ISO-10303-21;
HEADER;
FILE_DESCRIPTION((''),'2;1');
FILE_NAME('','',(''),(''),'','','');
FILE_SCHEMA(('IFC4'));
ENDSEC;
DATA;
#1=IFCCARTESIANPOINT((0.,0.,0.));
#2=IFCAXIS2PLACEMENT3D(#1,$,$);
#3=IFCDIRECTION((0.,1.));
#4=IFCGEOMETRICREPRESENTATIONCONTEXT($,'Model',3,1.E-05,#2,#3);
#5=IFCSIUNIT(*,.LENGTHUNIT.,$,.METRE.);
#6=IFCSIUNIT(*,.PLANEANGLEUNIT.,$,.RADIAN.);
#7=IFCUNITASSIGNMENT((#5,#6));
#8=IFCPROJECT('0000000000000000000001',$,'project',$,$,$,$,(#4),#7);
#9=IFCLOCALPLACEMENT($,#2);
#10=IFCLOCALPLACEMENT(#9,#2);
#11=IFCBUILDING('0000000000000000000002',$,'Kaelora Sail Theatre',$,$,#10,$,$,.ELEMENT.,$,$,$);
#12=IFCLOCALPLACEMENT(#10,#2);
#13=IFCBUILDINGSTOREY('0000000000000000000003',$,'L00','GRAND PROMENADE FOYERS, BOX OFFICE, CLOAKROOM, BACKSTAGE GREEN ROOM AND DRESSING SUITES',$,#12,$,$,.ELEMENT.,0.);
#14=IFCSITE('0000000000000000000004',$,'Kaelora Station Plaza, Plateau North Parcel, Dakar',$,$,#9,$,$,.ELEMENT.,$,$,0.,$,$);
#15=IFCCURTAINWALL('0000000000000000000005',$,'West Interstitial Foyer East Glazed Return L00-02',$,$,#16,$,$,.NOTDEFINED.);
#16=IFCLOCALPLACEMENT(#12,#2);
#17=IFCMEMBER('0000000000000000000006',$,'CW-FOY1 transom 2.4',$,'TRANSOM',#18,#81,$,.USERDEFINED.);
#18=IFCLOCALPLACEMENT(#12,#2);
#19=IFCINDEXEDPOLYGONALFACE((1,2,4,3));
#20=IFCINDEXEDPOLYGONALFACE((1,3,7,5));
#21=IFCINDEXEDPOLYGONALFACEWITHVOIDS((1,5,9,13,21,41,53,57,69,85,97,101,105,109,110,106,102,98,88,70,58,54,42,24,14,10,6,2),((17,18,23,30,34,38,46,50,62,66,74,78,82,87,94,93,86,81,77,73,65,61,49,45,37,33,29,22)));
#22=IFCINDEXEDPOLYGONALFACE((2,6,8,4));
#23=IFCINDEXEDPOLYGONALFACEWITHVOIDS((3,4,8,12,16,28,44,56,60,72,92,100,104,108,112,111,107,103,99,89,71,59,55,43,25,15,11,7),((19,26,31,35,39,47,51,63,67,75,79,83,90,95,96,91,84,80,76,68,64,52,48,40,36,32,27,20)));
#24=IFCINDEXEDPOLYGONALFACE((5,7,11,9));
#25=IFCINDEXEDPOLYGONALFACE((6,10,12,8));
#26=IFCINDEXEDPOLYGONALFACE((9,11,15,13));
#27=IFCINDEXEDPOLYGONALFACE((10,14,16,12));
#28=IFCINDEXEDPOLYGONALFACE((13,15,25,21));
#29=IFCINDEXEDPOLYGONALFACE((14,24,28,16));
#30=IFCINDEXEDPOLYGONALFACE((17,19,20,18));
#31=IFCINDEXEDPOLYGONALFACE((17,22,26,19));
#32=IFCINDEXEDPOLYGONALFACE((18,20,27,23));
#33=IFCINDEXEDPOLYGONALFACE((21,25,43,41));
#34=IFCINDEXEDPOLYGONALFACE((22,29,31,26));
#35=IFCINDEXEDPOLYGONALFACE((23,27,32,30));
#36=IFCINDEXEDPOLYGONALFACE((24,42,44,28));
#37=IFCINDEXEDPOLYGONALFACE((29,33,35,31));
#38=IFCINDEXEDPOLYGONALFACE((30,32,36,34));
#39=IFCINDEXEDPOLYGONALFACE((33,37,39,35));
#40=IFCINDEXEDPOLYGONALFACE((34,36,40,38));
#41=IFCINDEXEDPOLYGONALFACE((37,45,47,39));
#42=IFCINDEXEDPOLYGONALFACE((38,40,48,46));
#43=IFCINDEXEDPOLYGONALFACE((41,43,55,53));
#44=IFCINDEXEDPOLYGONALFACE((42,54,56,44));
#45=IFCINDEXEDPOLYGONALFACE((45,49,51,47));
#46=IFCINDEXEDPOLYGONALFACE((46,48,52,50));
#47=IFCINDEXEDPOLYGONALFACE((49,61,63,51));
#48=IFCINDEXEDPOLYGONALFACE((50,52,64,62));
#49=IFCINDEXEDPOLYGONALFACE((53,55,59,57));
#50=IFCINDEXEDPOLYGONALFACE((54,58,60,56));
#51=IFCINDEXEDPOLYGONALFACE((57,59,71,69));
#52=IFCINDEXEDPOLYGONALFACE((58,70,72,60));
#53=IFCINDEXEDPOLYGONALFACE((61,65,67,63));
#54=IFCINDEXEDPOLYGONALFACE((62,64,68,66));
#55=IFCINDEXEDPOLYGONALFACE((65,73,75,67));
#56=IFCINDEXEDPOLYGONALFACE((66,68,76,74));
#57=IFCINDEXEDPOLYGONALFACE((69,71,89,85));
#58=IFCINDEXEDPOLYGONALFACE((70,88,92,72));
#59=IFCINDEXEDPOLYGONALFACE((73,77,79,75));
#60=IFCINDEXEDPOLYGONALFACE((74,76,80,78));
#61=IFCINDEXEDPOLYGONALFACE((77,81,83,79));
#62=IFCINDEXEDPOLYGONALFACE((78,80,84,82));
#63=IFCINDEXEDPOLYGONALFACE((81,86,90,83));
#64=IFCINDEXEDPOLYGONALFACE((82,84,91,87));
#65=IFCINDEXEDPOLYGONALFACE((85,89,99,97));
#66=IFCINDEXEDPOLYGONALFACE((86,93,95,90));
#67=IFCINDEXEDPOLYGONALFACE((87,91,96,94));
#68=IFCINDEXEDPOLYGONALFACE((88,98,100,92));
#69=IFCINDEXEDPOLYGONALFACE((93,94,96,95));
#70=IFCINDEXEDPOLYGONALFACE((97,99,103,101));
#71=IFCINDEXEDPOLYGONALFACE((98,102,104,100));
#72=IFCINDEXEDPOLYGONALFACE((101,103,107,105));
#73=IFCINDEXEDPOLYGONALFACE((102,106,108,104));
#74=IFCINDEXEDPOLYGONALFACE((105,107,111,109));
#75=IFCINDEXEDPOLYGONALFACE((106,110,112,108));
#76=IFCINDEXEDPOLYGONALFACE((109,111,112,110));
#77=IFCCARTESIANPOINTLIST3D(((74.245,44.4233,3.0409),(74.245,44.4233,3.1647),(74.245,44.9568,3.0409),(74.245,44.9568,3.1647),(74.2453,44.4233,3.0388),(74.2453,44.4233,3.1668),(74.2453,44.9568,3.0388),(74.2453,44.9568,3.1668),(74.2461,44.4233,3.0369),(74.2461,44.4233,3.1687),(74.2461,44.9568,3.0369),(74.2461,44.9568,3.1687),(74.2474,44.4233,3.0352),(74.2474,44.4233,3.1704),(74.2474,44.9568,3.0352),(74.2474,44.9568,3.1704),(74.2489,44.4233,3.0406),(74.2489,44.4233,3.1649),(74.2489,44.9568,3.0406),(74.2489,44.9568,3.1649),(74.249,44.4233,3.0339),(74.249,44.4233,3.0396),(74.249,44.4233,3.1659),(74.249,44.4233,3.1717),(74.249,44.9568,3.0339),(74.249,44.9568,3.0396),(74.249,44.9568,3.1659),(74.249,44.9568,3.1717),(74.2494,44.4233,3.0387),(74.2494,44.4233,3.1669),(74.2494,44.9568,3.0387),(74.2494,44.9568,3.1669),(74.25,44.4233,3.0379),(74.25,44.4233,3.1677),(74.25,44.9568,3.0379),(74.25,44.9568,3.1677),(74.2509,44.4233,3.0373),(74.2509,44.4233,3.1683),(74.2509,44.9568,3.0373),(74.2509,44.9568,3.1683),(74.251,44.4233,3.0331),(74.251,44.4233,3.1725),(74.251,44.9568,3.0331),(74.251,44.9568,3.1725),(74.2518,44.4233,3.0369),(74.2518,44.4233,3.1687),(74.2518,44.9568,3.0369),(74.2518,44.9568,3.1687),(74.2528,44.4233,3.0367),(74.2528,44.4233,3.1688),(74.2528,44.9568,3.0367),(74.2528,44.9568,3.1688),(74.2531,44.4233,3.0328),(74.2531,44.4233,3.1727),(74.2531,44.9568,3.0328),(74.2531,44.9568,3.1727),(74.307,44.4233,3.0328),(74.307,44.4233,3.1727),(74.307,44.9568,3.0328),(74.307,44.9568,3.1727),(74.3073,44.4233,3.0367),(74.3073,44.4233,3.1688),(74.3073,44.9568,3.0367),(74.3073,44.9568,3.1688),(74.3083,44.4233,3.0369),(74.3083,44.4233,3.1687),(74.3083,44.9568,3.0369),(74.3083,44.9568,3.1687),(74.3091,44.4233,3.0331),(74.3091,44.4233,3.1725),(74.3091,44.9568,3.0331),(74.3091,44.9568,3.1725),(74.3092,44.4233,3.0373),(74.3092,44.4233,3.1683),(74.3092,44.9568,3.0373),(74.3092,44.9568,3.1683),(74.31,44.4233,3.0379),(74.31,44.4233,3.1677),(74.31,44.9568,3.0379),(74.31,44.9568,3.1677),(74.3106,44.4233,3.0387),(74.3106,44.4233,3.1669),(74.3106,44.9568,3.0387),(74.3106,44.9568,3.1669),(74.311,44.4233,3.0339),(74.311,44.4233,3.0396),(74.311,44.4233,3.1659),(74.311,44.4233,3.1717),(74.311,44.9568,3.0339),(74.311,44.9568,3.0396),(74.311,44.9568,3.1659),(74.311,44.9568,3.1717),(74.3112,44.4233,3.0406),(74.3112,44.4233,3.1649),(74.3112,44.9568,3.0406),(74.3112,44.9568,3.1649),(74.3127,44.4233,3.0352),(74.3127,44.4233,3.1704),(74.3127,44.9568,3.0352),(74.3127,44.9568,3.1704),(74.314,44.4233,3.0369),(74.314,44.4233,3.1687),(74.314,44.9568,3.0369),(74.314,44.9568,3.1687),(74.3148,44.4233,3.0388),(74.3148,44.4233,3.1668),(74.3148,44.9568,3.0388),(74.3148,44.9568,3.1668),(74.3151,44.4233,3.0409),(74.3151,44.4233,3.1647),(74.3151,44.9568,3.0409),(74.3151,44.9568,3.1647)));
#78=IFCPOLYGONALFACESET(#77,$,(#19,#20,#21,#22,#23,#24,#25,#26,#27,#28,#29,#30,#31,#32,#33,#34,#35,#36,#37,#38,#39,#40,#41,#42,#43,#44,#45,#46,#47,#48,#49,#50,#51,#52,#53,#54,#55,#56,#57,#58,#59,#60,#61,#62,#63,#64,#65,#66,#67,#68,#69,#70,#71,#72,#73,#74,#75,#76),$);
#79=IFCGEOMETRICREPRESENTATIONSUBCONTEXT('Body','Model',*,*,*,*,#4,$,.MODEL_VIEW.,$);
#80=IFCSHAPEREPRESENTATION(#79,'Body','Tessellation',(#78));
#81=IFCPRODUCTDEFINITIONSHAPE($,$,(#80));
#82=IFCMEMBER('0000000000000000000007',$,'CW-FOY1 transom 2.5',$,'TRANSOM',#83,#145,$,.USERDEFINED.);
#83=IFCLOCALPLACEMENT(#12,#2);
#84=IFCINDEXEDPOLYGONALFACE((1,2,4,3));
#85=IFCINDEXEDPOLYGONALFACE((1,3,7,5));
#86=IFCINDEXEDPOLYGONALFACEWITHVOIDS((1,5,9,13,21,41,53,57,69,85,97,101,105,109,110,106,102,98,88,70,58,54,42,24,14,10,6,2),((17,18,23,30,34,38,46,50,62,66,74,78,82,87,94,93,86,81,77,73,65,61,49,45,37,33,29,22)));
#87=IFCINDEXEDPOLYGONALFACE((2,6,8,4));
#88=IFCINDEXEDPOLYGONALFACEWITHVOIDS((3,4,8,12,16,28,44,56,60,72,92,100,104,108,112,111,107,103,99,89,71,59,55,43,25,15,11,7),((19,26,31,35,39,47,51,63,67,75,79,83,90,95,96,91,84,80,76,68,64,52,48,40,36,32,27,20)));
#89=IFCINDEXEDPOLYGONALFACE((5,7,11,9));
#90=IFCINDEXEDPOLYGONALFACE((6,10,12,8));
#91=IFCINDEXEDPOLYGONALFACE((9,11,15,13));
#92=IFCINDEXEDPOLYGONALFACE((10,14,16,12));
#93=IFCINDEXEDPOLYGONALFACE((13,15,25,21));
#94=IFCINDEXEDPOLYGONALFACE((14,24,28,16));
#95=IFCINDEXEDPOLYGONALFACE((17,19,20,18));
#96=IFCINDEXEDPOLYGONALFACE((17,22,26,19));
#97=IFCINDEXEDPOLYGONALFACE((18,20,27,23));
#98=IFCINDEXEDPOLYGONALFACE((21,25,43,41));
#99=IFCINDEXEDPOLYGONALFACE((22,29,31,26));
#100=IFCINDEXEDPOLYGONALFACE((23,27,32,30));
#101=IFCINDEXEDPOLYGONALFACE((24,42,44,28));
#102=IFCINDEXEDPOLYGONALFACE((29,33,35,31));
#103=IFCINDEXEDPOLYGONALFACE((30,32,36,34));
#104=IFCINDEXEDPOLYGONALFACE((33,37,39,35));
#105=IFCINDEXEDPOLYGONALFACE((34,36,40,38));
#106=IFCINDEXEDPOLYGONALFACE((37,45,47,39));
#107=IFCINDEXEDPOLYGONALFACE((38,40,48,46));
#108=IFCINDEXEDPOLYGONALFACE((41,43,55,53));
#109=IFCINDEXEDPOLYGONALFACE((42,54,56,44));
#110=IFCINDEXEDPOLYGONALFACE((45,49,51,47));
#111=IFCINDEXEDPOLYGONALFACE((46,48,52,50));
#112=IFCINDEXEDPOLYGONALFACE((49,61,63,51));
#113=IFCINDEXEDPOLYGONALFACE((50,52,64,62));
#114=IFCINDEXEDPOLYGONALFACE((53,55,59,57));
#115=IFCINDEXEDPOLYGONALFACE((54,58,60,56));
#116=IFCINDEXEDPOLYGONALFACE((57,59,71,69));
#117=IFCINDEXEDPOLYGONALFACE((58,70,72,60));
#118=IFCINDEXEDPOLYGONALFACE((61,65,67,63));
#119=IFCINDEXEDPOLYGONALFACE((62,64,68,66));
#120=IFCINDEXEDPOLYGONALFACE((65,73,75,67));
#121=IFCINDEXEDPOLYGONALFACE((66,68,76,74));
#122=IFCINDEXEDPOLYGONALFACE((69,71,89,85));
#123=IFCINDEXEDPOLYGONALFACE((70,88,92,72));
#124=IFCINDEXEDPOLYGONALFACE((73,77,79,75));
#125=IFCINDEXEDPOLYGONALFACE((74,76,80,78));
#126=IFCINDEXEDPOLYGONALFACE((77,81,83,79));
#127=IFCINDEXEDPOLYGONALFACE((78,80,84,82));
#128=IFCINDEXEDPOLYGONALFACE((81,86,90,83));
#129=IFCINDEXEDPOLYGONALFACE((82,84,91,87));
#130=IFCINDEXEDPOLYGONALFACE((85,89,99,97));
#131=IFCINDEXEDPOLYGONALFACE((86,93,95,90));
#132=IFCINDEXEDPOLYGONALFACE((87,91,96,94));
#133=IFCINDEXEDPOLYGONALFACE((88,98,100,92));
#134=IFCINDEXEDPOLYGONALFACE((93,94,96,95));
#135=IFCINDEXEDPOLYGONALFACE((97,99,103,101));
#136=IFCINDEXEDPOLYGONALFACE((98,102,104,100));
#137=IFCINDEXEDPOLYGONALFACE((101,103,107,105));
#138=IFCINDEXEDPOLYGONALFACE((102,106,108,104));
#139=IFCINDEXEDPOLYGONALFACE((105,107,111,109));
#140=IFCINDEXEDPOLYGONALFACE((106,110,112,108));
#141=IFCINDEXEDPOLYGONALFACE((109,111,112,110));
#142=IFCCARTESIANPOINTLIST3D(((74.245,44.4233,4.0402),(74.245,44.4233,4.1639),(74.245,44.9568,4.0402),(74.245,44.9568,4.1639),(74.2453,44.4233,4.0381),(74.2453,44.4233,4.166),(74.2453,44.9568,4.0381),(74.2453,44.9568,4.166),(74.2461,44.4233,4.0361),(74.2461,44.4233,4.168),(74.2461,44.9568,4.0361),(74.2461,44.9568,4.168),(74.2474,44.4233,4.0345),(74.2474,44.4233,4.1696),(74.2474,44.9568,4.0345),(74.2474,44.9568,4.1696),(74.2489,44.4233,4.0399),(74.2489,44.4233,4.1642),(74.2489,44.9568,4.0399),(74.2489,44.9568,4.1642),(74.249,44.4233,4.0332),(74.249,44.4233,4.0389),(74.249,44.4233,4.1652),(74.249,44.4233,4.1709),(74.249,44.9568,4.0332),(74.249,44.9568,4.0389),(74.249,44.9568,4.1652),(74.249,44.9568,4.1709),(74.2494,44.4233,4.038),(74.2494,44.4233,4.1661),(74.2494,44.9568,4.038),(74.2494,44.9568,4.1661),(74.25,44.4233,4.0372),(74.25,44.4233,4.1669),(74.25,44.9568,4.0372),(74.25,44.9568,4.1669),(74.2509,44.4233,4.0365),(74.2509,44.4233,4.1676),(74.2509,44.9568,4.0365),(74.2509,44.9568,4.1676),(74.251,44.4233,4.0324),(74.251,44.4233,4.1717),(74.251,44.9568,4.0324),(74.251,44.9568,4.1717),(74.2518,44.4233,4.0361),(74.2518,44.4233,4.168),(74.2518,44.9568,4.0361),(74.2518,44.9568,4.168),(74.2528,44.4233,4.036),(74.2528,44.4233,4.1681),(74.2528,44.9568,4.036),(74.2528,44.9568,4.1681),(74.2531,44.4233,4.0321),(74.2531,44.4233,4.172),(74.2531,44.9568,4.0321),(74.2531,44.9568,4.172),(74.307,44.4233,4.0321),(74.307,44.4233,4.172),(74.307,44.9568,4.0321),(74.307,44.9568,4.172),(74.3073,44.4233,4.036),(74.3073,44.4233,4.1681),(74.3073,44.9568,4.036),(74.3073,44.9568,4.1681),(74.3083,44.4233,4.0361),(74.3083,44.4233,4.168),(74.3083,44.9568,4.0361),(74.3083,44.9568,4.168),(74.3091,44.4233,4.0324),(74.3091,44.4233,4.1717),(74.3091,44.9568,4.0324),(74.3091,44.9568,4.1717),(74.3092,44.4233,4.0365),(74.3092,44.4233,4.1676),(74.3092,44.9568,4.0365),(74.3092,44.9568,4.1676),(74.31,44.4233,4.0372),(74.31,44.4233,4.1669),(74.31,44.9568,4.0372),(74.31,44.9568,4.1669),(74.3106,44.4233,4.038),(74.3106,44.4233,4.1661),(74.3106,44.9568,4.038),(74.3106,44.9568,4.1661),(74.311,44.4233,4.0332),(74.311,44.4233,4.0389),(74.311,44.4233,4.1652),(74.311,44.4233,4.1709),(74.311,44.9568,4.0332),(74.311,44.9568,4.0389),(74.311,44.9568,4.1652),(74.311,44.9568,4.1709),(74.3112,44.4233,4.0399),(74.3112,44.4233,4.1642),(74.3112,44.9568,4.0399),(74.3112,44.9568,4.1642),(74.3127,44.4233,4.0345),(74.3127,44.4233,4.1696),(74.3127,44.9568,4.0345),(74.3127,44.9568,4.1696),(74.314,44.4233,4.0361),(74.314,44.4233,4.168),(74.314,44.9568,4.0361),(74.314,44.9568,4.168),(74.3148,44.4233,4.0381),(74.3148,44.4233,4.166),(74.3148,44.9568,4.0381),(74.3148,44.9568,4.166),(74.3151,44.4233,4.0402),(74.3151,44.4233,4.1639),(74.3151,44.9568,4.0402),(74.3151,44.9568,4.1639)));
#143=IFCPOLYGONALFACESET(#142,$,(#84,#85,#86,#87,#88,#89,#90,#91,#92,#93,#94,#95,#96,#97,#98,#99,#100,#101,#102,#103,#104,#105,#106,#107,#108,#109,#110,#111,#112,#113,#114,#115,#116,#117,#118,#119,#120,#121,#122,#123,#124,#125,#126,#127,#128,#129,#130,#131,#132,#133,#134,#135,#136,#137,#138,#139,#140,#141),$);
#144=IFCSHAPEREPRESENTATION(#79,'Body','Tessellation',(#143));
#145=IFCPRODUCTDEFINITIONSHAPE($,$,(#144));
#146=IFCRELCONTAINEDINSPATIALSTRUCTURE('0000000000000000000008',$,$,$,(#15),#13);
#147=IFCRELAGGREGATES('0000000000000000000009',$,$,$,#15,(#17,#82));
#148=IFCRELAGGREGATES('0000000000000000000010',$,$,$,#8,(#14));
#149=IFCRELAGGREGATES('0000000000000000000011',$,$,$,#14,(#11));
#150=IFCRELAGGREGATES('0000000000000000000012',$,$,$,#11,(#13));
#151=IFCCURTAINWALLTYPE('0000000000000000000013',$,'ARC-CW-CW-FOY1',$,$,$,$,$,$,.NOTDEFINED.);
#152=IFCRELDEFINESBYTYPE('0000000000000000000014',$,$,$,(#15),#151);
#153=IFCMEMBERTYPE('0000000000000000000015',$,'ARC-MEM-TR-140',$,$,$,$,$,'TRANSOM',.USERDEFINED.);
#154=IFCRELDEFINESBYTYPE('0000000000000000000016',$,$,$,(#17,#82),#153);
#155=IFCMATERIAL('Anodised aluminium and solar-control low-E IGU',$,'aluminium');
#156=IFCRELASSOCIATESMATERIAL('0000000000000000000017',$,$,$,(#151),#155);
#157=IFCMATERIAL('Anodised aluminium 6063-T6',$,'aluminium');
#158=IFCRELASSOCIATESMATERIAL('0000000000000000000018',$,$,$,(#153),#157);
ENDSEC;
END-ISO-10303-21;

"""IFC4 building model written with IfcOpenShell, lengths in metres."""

from ifc_helpers import new_model, si_unit, direction, frame, origin, origin_2d, place, context, subcontext, project, spatial, hollow_rectangle, extrude, material, material_profile, profile_set, type_object, element, aggregate, save


model = new_model("IFC4")

# Units and contexts
model_context = context("Model", 3, precision=1e-05, world=origin(), true_north=direction((0.0, 1.0)))
body_context = subcontext(model_context, "Body", "Model", "MODEL_VIEW")
ifc_project = project(units=[si_unit("LENGTHUNIT", "METRE"), si_unit("PLANEANGLEUNIT", "RADIAN")], contexts=[model_context])

# Site, building, storey
site_placement = place(None, origin())
site = spatial("IfcSite", under=ifc_project, at=site_placement, Name="Kaelora Station Plaza, Plateau North Parcel, Dakar", CompositionType="ELEMENT", RefElevation=0.0)
building_placement = place(site_placement, origin())
building = spatial("IfcBuilding", under=site, at=building_placement, Name="Kaelora Sail Theatre", CompositionType="ELEMENT")
storey_placement = place(building_placement, origin())
storey = spatial("IfcBuildingStorey", under=building, at=storey_placement, Name="L00", Description="GRAND PROMENADE FOYERS, BOX OFFICE, CLOAKROOM, BACKSTAGE GREEN ROOM AND DRESSING SUITES", CompositionType="ELEMENT", Elevation=0.0)

# Curtain wall, members
ifc_material_1 = material(Name="Anodised aluminium and solar-control low-E IGU", Category="aluminium")
curtain_wall_type = type_object("IfcCurtainWallType", Name="ARC-CW-CW-FOY1", PredefinedType="NOTDEFINED", material=ifc_material_1)
curtain_wall_1_placement = place(storey_placement, origin())
curtain_wall_1 = element("IfcCurtainWall", 1, at=curtain_wall_1_placement, inside=storey, type_object=curtain_wall_type, Name="West Interstitial Foyer East Glazed Return L00-02", PredefinedType="NOTDEFINED")
ifc_material_2 = material(Name="Anodised aluminium 6063-T6", Category="aluminium")
ifc_material_profile = material_profile(ifc_material_2, hollow_rectangle(XDim=0.0701, YDim=0.1399, WallThickness=0.0039, InnerFilletRadius=0.0039, OuterFilletRadius=0.0081, at=origin_2d()), Name="ALU-TRAN 70x140x4")
ifc_profile_set = profile_set([ifc_material_profile], Name="Anodised aluminium 6063-T6")
member_type = type_object("IfcMemberType", Name="ARC-MEM-TR-140", ElementType="TRANSOM", PredefinedType="USERDEFINED", material=ifc_profile_set)
member_1_placement = place(storey_placement, frame((74.28, 44.4233, 3.1028), z_axis=(0.0, 1.0, 0.0), x_axis=(-1.0, 0.0, 0.0)))
member_1 = element("IfcMember", 2, at=member_1_placement, type_object=member_type, Name="CW-FOY1 transom 2.4", ObjectType="TRANSOM", PredefinedType="USERDEFINED", context=body_context, shape_type="SweptSolid", body=[
    extrude(hollow_rectangle(XDim=0.0701, YDim=0.1399, WallThickness=0.0039, InnerFilletRadius=0.0039, OuterFilletRadius=0.0081, at=origin_2d()), origin(), (0.0, 0.0, 1.0), 0.5334),
])
member_2_placement = place(storey_placement, frame((74.28, 44.4233, 4.1021), z_axis=(0.0, 1.0, 0.0), x_axis=(-1.0, 0.0, 0.0)))
member_2 = element("IfcMember", 3, at=member_2_placement, type_object=member_type, Name="CW-FOY1 transom 2.5", ObjectType="TRANSOM", PredefinedType="USERDEFINED", context=body_context, shape_type="SweptSolid", body=[
    extrude(hollow_rectangle(XDim=0.0701, YDim=0.1399, WallThickness=0.0039, InnerFilletRadius=0.0039, OuterFilletRadius=0.0081, at=origin_2d()), origin(), (0.0, 0.0, 1.0), 0.5334),
])

aggregate(curtain_wall_1, [member_1, member_2])

save(model, "model.ifc")
